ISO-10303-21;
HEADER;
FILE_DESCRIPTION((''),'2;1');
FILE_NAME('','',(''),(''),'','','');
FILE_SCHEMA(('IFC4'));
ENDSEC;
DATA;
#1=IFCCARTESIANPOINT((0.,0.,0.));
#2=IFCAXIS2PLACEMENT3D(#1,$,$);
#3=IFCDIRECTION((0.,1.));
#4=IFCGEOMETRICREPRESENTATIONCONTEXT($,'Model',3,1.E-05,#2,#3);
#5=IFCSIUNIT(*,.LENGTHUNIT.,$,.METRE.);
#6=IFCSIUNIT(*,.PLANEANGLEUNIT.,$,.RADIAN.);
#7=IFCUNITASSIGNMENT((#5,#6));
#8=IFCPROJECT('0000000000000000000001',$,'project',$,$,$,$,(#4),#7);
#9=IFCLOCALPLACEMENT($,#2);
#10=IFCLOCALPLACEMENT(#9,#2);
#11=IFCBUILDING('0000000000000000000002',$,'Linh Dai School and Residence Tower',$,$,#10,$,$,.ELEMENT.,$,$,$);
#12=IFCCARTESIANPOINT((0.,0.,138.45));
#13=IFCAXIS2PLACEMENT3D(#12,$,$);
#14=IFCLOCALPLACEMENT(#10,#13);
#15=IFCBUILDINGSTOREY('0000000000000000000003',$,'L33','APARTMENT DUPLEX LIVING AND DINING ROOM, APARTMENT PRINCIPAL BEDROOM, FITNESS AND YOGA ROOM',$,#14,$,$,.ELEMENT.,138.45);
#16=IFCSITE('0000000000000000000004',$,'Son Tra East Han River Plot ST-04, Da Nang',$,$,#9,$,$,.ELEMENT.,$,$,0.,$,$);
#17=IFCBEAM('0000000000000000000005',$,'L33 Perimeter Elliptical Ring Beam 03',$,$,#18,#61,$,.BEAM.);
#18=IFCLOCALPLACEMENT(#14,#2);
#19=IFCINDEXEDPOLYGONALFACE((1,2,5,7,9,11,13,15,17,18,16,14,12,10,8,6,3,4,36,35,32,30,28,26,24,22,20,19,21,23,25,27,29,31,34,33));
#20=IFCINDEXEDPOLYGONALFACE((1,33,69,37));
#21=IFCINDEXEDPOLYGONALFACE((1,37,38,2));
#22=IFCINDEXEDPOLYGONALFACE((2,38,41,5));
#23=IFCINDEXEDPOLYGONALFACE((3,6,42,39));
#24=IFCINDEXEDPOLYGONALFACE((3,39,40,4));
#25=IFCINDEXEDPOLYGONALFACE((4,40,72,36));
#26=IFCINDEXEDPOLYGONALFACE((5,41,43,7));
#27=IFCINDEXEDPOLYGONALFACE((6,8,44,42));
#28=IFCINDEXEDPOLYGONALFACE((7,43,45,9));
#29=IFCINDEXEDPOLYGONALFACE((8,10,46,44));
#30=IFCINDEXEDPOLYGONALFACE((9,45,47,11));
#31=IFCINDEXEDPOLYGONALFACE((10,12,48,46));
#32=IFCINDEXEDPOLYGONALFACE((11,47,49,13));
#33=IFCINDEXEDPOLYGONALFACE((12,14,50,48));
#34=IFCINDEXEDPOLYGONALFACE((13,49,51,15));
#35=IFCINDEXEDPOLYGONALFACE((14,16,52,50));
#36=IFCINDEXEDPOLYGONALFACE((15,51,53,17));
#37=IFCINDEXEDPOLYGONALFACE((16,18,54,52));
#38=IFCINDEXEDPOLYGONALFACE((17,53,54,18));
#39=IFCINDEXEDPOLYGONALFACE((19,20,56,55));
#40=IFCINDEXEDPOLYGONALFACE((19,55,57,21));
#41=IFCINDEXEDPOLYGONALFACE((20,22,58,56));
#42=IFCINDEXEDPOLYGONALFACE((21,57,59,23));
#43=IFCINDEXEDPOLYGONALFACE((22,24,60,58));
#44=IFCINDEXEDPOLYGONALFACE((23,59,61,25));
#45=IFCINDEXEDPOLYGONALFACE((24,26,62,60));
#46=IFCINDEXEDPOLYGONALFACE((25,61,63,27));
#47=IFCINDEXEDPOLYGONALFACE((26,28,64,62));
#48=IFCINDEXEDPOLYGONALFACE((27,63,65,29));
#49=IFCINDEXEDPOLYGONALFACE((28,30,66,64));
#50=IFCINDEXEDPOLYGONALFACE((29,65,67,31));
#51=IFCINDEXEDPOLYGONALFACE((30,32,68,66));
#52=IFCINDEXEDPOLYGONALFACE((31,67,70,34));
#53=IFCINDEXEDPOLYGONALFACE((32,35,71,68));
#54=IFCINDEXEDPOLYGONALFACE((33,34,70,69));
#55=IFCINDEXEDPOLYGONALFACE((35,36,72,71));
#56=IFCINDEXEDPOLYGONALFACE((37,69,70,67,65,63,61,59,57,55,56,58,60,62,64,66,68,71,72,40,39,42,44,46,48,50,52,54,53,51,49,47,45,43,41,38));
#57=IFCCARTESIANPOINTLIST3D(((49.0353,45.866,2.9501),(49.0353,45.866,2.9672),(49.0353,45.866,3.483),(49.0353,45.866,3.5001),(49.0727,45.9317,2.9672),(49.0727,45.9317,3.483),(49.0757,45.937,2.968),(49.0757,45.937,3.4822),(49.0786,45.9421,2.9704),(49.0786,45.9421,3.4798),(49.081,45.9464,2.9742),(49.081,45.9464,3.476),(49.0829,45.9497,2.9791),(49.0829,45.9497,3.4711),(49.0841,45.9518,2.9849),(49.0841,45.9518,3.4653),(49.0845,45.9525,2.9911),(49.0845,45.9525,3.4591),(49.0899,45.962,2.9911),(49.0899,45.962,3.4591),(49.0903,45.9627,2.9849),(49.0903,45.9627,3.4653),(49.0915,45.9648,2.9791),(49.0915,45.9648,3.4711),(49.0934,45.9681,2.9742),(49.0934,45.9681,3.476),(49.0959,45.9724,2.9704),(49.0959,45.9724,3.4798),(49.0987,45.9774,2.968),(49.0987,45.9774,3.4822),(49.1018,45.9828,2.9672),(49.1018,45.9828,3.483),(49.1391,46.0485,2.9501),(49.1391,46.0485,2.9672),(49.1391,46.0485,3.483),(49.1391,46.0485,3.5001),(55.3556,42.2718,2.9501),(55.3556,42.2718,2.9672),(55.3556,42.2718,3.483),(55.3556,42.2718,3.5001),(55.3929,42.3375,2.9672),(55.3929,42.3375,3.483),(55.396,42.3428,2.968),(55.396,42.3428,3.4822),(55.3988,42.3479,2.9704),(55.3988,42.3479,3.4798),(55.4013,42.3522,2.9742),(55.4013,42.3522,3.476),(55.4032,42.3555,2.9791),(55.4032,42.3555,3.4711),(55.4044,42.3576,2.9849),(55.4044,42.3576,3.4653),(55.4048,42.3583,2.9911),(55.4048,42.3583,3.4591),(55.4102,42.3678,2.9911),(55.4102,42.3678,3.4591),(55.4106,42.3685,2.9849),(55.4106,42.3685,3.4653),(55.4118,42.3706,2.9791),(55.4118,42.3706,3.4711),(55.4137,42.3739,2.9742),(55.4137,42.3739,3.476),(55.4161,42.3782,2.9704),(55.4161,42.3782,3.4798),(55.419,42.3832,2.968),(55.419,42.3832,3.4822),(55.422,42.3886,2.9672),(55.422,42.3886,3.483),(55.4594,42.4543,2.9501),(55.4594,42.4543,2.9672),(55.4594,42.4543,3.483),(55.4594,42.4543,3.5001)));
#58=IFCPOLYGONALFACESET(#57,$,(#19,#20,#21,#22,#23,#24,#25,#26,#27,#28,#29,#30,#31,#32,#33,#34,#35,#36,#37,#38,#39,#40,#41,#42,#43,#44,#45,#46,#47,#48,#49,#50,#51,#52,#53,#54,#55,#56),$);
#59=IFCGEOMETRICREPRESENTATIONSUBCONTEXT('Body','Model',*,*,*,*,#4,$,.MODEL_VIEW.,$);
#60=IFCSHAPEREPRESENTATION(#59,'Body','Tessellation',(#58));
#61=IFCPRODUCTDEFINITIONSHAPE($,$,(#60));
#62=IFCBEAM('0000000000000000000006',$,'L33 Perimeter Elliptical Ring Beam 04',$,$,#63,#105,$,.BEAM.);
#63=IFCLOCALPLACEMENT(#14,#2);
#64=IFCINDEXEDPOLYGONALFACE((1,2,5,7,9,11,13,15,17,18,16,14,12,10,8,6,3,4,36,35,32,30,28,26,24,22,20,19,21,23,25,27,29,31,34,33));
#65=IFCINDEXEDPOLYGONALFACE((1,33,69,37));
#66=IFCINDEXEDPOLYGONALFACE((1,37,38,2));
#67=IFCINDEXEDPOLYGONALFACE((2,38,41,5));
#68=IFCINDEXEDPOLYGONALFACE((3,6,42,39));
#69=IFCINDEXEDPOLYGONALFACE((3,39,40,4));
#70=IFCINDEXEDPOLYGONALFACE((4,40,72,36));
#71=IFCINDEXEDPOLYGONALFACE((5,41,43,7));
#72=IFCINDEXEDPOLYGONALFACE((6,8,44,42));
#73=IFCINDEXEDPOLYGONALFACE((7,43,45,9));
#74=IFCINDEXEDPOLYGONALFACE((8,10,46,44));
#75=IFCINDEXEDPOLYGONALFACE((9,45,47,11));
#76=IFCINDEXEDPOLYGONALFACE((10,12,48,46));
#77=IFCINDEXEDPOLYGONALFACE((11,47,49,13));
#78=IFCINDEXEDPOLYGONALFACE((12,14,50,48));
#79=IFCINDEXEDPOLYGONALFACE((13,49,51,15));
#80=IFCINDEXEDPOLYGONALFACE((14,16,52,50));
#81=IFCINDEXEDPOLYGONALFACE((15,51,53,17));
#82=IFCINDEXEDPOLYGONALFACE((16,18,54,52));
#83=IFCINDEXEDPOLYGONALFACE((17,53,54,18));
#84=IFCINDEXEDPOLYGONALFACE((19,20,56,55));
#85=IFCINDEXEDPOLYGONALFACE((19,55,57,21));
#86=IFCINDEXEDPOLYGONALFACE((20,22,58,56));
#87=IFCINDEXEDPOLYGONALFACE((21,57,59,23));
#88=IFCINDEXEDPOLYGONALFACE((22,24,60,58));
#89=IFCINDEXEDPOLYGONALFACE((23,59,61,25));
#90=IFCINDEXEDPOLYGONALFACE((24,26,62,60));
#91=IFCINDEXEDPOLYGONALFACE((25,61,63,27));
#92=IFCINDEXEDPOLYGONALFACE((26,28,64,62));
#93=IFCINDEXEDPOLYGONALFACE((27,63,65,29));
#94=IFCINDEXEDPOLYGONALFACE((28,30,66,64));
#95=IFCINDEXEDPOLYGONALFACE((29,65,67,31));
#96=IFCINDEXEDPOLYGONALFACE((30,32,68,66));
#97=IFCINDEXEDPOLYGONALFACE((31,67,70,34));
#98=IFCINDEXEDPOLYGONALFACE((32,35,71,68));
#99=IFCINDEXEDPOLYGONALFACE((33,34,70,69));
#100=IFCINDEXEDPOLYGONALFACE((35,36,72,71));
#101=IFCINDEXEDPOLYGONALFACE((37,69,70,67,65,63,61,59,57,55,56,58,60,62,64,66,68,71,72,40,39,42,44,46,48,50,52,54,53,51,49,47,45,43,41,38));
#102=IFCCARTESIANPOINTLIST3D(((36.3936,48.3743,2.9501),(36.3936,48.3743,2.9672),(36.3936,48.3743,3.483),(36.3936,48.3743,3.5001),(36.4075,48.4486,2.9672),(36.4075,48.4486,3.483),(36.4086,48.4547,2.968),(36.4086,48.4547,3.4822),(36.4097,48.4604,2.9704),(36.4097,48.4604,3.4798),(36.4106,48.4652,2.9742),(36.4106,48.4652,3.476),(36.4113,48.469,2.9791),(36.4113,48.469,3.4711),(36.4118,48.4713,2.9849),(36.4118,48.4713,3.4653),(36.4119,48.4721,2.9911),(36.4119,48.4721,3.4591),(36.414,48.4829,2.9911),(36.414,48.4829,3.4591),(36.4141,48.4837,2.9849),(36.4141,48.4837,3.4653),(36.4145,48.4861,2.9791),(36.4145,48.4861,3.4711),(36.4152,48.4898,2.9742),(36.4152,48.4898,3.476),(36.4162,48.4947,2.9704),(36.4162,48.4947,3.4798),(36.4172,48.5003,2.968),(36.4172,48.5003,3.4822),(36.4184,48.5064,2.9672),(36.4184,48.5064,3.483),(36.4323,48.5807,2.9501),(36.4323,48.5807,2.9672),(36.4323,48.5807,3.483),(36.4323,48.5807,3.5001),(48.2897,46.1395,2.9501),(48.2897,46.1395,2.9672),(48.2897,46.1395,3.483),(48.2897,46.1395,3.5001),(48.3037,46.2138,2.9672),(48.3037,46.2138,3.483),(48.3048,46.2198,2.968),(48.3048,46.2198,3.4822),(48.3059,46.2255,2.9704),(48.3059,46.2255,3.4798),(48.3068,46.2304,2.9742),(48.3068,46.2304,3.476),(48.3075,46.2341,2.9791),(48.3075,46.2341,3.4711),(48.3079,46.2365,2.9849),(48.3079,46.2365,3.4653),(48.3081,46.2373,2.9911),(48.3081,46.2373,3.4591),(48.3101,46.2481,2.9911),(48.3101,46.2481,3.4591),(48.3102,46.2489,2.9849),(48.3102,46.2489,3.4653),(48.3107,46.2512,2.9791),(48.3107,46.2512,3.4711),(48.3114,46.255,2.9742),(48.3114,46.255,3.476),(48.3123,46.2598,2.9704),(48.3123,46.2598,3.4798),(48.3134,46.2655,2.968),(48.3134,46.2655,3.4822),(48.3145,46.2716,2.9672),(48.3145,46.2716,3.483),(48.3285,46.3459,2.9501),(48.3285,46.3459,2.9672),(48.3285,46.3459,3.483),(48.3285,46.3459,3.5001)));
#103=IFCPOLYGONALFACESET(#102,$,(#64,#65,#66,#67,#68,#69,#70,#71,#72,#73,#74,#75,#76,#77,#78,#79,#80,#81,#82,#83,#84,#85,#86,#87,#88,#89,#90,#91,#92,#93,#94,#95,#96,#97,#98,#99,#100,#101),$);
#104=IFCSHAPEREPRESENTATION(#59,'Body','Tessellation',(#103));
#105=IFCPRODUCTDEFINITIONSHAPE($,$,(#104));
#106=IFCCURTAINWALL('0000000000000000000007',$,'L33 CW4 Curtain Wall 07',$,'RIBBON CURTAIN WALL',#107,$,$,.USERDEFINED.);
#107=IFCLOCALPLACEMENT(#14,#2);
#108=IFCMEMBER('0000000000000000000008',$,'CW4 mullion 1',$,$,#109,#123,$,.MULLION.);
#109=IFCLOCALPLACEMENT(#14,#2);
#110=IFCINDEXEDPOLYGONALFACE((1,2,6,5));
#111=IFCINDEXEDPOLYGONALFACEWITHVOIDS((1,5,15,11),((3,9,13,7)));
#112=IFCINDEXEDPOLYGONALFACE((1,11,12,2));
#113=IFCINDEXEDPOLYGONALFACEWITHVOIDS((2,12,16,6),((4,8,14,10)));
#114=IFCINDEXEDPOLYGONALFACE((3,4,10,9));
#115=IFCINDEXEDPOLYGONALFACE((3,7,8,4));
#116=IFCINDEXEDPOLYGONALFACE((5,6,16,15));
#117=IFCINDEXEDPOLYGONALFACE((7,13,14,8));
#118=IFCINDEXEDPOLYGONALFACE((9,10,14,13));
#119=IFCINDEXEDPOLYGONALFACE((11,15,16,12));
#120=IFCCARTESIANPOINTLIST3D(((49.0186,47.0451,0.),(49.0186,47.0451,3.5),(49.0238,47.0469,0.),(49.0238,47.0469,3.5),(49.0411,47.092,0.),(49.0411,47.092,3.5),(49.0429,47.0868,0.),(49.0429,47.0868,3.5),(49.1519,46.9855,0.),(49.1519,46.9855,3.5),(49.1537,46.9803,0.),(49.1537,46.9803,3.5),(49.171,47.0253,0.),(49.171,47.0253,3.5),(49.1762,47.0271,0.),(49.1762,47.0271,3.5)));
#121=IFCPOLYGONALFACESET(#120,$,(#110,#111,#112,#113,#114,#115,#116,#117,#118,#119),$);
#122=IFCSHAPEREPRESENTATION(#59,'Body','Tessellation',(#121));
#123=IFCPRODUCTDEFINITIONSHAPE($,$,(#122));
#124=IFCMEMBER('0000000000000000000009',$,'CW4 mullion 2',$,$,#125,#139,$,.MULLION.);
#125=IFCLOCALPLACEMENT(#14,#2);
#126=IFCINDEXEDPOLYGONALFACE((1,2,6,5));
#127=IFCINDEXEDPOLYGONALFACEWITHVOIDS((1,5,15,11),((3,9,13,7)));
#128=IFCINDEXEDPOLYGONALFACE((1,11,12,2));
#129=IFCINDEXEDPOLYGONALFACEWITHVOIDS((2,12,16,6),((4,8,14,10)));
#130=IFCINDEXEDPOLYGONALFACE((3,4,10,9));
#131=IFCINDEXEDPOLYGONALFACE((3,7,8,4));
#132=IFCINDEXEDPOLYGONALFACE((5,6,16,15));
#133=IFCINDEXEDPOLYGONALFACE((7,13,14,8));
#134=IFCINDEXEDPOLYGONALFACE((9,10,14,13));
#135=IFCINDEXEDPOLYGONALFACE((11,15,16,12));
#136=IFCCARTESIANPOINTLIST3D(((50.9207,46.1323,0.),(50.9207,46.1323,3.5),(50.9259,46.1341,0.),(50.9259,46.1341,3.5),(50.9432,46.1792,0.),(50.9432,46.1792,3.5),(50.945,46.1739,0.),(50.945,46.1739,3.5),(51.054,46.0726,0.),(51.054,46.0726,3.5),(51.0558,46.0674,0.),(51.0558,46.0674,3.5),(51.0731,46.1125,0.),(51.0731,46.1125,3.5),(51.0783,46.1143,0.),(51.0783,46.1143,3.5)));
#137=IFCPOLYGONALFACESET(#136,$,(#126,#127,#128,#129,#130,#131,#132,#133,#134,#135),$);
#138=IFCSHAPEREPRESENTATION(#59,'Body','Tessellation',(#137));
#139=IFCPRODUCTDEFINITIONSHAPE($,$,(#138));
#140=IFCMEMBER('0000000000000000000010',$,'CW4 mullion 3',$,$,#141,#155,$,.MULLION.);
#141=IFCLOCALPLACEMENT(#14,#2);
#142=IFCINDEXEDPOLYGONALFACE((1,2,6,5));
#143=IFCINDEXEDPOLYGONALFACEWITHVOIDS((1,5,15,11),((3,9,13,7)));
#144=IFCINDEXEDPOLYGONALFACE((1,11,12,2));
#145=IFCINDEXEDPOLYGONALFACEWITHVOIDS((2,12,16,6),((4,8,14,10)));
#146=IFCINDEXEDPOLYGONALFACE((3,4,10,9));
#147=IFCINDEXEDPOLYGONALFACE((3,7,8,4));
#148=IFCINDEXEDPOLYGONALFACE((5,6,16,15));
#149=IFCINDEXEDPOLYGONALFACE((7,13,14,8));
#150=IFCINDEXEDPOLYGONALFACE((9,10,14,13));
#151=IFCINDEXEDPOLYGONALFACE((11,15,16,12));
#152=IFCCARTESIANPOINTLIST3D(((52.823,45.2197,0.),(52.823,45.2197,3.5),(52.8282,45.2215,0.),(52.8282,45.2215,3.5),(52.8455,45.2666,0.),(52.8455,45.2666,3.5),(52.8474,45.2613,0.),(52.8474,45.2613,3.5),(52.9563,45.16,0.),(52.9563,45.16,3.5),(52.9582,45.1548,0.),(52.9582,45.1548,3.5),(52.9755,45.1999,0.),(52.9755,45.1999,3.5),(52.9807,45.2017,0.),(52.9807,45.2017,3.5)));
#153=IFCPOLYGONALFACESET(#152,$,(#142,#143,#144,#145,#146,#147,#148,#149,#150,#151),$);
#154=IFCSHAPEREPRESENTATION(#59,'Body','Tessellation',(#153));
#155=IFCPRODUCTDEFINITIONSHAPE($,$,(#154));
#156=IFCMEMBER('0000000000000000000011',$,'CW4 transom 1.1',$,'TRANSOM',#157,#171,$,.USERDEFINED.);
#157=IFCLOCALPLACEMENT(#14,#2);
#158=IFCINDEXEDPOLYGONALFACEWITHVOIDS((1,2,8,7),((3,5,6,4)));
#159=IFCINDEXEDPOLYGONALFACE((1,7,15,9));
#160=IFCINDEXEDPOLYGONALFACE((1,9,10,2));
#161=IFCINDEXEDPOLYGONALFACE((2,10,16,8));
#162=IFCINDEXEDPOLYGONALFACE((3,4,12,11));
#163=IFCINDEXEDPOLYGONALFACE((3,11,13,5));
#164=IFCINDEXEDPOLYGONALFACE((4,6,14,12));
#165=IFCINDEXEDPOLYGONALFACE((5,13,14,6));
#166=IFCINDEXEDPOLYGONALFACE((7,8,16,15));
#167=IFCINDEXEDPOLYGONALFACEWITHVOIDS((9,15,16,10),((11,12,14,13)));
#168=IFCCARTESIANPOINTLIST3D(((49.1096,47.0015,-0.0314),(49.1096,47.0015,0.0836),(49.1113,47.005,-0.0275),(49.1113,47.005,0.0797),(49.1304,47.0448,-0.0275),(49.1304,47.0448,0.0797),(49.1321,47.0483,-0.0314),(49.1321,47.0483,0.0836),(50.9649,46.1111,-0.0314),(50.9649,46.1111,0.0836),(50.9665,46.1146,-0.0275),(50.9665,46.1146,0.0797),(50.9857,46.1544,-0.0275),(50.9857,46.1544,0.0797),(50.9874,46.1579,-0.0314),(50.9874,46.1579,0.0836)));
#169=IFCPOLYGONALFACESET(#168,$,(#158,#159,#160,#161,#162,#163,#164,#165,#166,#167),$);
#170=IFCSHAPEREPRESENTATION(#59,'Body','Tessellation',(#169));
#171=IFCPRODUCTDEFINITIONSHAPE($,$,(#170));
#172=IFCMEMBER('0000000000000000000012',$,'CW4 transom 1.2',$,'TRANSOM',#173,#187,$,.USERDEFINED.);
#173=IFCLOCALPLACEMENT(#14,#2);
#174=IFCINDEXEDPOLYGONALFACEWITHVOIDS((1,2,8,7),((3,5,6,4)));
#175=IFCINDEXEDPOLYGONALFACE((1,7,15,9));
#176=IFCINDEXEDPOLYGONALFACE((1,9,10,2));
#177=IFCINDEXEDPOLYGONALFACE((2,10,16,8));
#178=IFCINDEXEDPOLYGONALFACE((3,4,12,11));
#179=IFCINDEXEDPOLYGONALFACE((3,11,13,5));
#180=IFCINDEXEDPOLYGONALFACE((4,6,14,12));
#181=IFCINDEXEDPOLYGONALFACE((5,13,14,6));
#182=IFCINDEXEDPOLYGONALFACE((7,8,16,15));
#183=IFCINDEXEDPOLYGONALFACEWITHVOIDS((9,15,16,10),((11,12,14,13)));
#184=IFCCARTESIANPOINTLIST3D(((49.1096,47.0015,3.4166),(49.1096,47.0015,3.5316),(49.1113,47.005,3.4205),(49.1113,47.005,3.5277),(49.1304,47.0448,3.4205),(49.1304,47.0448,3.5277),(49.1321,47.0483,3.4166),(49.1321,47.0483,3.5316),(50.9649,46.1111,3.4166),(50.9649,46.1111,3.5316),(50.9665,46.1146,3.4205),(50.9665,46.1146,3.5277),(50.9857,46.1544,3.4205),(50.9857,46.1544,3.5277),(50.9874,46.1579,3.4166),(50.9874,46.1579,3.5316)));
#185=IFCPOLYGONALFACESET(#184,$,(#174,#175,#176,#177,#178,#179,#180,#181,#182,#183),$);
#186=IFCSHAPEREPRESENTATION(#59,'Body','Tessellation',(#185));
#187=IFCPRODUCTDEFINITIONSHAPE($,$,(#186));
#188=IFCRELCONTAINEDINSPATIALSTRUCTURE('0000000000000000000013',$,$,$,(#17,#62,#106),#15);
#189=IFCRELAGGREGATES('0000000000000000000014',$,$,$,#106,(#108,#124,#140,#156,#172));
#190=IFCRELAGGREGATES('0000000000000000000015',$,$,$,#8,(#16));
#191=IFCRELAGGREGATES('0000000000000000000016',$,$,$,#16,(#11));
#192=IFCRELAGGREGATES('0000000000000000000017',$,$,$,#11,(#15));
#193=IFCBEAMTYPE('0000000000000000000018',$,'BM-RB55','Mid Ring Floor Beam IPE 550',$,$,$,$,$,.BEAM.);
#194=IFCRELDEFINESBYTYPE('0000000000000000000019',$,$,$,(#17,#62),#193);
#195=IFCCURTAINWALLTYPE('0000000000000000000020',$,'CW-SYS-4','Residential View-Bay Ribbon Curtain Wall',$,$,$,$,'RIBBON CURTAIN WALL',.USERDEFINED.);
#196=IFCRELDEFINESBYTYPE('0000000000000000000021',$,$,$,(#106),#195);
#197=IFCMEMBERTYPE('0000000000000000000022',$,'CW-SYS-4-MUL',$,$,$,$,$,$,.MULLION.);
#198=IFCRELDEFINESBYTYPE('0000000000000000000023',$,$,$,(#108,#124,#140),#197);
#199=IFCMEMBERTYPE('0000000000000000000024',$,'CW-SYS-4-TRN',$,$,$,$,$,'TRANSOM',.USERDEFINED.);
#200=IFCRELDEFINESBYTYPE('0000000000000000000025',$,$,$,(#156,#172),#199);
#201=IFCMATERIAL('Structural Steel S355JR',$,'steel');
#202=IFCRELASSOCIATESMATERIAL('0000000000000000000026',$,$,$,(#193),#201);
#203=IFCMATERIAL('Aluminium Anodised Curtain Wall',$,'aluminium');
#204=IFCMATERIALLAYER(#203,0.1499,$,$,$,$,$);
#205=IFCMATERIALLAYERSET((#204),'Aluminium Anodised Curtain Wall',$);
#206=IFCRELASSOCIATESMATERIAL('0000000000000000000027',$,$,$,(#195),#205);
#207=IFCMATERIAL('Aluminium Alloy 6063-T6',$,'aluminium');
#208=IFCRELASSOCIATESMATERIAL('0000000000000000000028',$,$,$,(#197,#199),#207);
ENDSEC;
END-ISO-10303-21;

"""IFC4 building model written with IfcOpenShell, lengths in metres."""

from ifc_helpers import new_model, si_unit, direction, frame, origin, origin_2d, place, context, subcontext, project, spatial, hollow_rectangle, i_section, extrude, source, transform, mapped, material, layer, layer_set, material_profile, profile_set, type_object, element, aggregate, save


model = new_model("IFC4")

# Units and contexts
model_context = context("Model", 3, precision=1e-05, world=origin(), true_north=direction((0.0, 1.0)))
body_context = subcontext(model_context, "Body", "Model", "MODEL_VIEW")
ifc_project = project(units=[si_unit("LENGTHUNIT", "METRE"), si_unit("PLANEANGLEUNIT", "RADIAN")], contexts=[model_context])

# Site, building, storey
site_placement = place(None, origin())
site = spatial("IfcSite", under=ifc_project, at=site_placement, Name="Son Tra East Han River Plot ST-04, Da Nang", CompositionType="ELEMENT", RefElevation=0.0)
building_placement = place(site_placement, origin())
building = spatial("IfcBuilding", under=site, at=building_placement, Name="Linh Dai School and Residence Tower", CompositionType="ELEMENT")
storey_placement = place(building_placement, frame((0.0, 0.0, 138.45)))
storey = spatial("IfcBuildingStorey", under=building, at=storey_placement, Name="L33", Description="APARTMENT DUPLEX LIVING AND DINING ROOM, APARTMENT PRINCIPAL BEDROOM, FITNESS AND YOGA ROOM", CompositionType="ELEMENT", Elevation=138.45)

# Shared definitions
ifc_material_1 = material(Name="Structural Steel S355JR", Category="steel")

# Beams
ifc_material_profile_1 = material_profile(ifc_material_1, i_section(OverallWidth=0.21, OverallDepth=0.55, WebThickness=0.011, FlangeThickness=0.0171, FilletRadius=0.0239, at=origin_2d()), Name="IPE 550")
ifc_profile_set_1 = profile_set([ifc_material_profile_1], Name="Structural Steel S355JR")
beam_type = type_object("IfcBeamType", Name="BM-RB55", Description="Mid Ring Floor Beam IPE 550", PredefinedType="BEAM", material=ifc_profile_set_1)
beam_1_placement = place(storey_placement, frame((55.4075, 42.363, 3.2251), z_axis=(-0.86927, 0.494337, 0.0), x_axis=(-0.494337, -0.86927, 0.0)))
element("IfcBeam", 1, at=beam_1_placement, inside=storey, type_object=beam_type, Name="L33 Perimeter Elliptical Ring Beam 03", PredefinedType="BEAM", context=body_context, shape_type="SweptSolid", body=[
    extrude(i_section(OverallWidth=0.21, OverallDepth=0.55, WebThickness=0.011, FlangeThickness=0.0171, FilletRadius=0.0239, at=origin_2d()), origin(), (0.0, 0.0, 1.0), 7.2708),
])
beam_2_placement = place(storey_placement, frame((48.3091, 46.2427, 3.2251), z_axis=(-0.982808, 0.184633, 0.0), x_axis=(-0.184633, -0.982808, 0.0)))
element("IfcBeam", 2, at=beam_2_placement, inside=storey, type_object=beam_type, Name="L33 Perimeter Elliptical Ring Beam 04", PredefinedType="BEAM", context=body_context, shape_type="SweptSolid", body=[
    extrude(i_section(OverallWidth=0.21, OverallDepth=0.55, WebThickness=0.011, FlangeThickness=0.0171, FilletRadius=0.0239, at=origin_2d()), origin(), (0.0, 0.0, 1.0), 12.1042),
])

# Curtain wall, members
ifc_material_2 = material(Name="Aluminium Anodised Curtain Wall", Category="aluminium")
ifc_layer_1 = layer(ifc_material_2, 0.1499)
ifc_layer_set_1 = layer_set([ifc_layer_1], Name="Aluminium Anodised Curtain Wall")
curtain_wall_type = type_object("IfcCurtainWallType", Name="CW-SYS-4", Description="Residential View-Bay Ribbon Curtain Wall", ElementType="RIBBON CURTAIN WALL", PredefinedType="USERDEFINED", material=ifc_layer_set_1)
curtain_wall_placement = place(storey_placement, origin())
curtain_wall = element("IfcCurtainWall", 3, at=curtain_wall_placement, inside=storey, type_object=curtain_wall_type, Name="L33 CW4 Curtain Wall 07", ObjectType="RIBBON CURTAIN WALL", PredefinedType="USERDEFINED")
ifc_material_3 = material(Name="Aluminium Alloy 6063-T6", Category="aluminium")
ifc_material_profile_2 = material_profile(ifc_material_3, hollow_rectangle(XDim=0.052, YDim=0.1499, WallThickness=0.0039, at=origin_2d()), Name="RHS 150x52x4")
ifc_profile_set_2 = profile_set([ifc_material_profile_2], Name="Aluminium Alloy 6063-T6")
member_type_1 = type_object("IfcMemberType", Name="CW-SYS-4-MUL", PredefinedType="MULLION", material=ifc_profile_set_2)
shared_shape_1 = source(origin(), body_context, "Body", "SweptSolid", [
    extrude(hollow_rectangle(XDim=0.052, YDim=0.1499, WallThickness=0.0039, at=origin_2d()), origin(), (0.0, 0.0, 1.0), 3.5),
])
member_1_placement = place(storey_placement, frame((49.0974, 47.0361, 0.0), z_axis=(0.0, 0.0, 1.0), x_axis=(0.432618, 0.901578, 0.0)))
member_1 = element("IfcMember", 4, at=member_1_placement, type_object=member_type_1, Name="CW4 mullion 1", PredefinedType="MULLION", context=body_context, shape_type="MappedRepresentation", body=[
    mapped(shared_shape_1, transform((0.0, 0.0, 0.0), x_axis=(1.0, 0.0, 0.0), y_axis=(0.0, 1.0, 0.0), z_axis=(0.0, 0.0, 1.0), scale=1.0)),
])
member_2_placement = place(storey_placement, frame((50.9995, 46.1233, 0.0), z_axis=(0.0, 0.0, 1.0), x_axis=(0.432618, 0.901578, 0.0)))
member_2 = element("IfcMember", 5, at=member_2_placement, type_object=member_type_1, Name="CW4 mullion 2", PredefinedType="MULLION", context=body_context, shape_type="MappedRepresentation", body=[
    mapped(shared_shape_1, transform((0.0, 0.0, 0.0), x_axis=(1.0, 0.0, 0.0), y_axis=(0.0, 1.0, 0.0), z_axis=(0.0, 0.0, 1.0), scale=1.0)),
])
member_3_placement = place(storey_placement, frame((52.9019, 45.2107, 0.0), z_axis=(0.0, 0.0, 1.0), x_axis=(0.432618, 0.901578, 0.0)))
member_3 = element("IfcMember", 6, at=member_3_placement, type_object=member_type_1, Name="CW4 mullion 3", PredefinedType="MULLION", context=body_context, shape_type="MappedRepresentation", body=[
    mapped(shared_shape_1, transform((0.0, 0.0, 0.0), x_axis=(1.0, 0.0, 0.0), y_axis=(0.0, 1.0, 0.0), z_axis=(0.0, 0.0, 1.0), scale=1.0)),
])
ifc_material_profile_3 = material_profile(ifc_material_3, hollow_rectangle(XDim=0.052, YDim=0.115, WallThickness=0.0039, at=origin_2d()), Name="RHS 115x52x4")
ifc_profile_set_3 = profile_set([ifc_material_profile_3], Name="Aluminium Alloy 6063-T6")
member_type_2 = type_object("IfcMemberType", Name="CW-SYS-4-TRN", ElementType="TRANSOM", PredefinedType="USERDEFINED", material=ifc_profile_set_3)
shared_shape_2 = source(origin(), body_context, "Body", "SweptSolid", [
    extrude(hollow_rectangle(XDim=0.052, YDim=0.115, WallThickness=0.0039, at=origin_2d()), origin(), (0.0, 0.0, 1.0), 2.0579),
])
member_4_placement = place(storey_placement, frame((49.1208, 47.0249, 0.0261), z_axis=(0.901547, -0.432681, 0.0), x_axis=(0.432681, 0.901547, 0.0)))
member_4 = element("IfcMember", 7, at=member_4_placement, type_object=member_type_2, Name="CW4 transom 1.1", ObjectType="TRANSOM", PredefinedType="USERDEFINED", context=body_context, shape_type="MappedRepresentation", body=[
    mapped(shared_shape_2, transform((0.0, 0.0, 0.0), x_axis=(1.0, 0.0, 0.0), y_axis=(0.0, 1.0, 0.0), z_axis=(0.0, 0.0, 1.0), scale=1.0)),
])
member_5_placement = place(storey_placement, frame((49.1208, 47.0249, 3.4741), z_axis=(0.901547, -0.432681, 0.0), x_axis=(0.432681, 0.901547, 0.0)))
member_5 = element("IfcMember", 8, at=member_5_placement, type_object=member_type_2, Name="CW4 transom 1.2", ObjectType="TRANSOM", PredefinedType="USERDEFINED", context=body_context, shape_type="MappedRepresentation", body=[
    mapped(shared_shape_2, transform((0.0, 0.0, 0.0), x_axis=(1.0, 0.0, 0.0), y_axis=(0.0, 1.0, 0.0), z_axis=(0.0, 0.0, 1.0), scale=1.0)),
])

aggregate(curtain_wall, [member_1, member_2, member_3, member_4, member_5])

save(model, "model.ifc")
